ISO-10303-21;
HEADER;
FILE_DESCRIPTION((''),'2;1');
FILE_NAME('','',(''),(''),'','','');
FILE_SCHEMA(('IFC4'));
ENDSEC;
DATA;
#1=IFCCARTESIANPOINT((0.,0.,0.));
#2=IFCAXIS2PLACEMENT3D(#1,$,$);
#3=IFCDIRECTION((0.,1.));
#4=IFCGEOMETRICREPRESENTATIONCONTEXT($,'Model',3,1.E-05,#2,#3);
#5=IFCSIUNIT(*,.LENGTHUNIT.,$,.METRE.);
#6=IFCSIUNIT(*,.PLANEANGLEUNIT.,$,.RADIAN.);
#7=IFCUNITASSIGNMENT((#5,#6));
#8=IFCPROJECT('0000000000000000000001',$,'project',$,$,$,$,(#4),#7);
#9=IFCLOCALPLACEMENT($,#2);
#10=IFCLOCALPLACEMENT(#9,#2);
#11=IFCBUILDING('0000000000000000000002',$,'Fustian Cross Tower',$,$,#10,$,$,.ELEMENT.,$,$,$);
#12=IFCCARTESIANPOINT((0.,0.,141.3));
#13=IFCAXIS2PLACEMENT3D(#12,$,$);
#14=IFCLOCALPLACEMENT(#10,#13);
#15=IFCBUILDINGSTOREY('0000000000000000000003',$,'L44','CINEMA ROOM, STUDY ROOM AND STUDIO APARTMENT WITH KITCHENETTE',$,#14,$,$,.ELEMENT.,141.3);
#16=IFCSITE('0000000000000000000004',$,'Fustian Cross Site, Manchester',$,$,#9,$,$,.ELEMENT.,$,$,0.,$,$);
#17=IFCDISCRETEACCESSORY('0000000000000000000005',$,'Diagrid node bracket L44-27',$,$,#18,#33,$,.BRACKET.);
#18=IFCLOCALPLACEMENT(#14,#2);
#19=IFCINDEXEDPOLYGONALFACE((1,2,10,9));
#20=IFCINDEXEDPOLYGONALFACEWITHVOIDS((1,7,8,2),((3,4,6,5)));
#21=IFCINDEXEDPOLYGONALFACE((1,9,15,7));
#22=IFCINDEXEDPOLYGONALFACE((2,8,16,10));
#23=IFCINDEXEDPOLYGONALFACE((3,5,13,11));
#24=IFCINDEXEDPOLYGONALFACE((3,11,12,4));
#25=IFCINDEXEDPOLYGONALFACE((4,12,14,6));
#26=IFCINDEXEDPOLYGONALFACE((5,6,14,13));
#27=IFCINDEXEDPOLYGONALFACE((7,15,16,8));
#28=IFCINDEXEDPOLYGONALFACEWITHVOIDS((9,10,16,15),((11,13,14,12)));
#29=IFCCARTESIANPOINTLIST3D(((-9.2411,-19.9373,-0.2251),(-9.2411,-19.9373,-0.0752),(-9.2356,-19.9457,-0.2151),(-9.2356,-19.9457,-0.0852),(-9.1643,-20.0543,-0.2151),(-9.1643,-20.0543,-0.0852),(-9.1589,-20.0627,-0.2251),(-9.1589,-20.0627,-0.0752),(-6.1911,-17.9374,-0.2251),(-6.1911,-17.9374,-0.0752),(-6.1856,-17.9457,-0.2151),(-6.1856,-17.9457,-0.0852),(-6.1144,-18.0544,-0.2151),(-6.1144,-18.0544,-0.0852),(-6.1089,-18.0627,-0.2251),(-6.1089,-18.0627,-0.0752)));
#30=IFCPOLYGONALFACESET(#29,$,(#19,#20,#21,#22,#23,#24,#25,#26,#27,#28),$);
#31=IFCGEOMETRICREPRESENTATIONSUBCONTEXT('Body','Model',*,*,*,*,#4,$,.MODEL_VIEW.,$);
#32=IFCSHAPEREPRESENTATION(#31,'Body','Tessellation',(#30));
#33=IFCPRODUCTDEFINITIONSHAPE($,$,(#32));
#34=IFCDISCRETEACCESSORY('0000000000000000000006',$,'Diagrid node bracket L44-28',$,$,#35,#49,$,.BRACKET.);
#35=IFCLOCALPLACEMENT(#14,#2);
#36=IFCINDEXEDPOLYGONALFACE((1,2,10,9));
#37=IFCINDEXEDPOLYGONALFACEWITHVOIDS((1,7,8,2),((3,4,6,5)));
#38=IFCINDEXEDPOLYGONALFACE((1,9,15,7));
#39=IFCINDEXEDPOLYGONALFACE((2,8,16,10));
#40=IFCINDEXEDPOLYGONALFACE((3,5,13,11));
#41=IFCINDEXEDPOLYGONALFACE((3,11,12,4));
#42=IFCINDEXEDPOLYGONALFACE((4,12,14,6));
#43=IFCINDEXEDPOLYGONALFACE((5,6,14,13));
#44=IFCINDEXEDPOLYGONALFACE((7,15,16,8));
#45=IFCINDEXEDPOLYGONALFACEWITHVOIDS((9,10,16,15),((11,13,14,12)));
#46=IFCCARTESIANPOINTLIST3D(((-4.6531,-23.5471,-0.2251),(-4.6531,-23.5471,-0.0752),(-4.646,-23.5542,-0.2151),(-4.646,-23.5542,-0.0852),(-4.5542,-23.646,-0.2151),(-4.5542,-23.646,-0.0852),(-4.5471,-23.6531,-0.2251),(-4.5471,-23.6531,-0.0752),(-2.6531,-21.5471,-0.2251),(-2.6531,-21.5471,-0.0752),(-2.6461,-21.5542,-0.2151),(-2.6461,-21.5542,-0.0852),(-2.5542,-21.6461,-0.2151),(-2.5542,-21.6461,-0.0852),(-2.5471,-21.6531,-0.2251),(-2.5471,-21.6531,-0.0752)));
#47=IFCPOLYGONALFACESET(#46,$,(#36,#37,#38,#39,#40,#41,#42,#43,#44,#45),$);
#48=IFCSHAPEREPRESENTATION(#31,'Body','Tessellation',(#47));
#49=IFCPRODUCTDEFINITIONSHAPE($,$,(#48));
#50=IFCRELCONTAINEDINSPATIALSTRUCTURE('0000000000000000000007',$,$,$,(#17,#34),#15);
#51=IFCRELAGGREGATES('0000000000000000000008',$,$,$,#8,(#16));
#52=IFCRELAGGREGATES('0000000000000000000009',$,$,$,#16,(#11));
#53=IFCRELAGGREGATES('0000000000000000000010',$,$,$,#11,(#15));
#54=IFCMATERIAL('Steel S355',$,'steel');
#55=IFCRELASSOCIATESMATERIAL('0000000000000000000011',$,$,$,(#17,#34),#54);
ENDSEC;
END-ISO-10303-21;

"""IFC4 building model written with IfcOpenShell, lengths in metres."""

from ifc_helpers import new_model, si_unit, direction, frame, origin, origin_2d, place, context, subcontext, project, spatial, hollow_rectangle, extrude, material, element, save


model = new_model("IFC4")

# Units and contexts
model_context = context("Model", 3, precision=1e-05, world=origin(), true_north=direction((0.0, 1.0)))
body_context = subcontext(model_context, "Body", "Model", "MODEL_VIEW")
ifc_project = project(units=[si_unit("LENGTHUNIT", "METRE"), si_unit("PLANEANGLEUNIT", "RADIAN")], contexts=[model_context])

# Site, building, storey
site_placement = place(None, origin())
site = spatial("IfcSite", under=ifc_project, at=site_placement, Name="Fustian Cross Site, Manchester", CompositionType="ELEMENT", RefElevation=0.0)
building_placement = place(site_placement, origin())
building = spatial("IfcBuilding", under=site, at=building_placement, Name="Fustian Cross Tower", CompositionType="ELEMENT")
storey_placement = place(building_placement, frame((0.0, 0.0, 141.3)))
storey = spatial("IfcBuildingStorey", under=building, at=storey_placement, Name="L44", Description="CINEMA ROOM, STUDY ROOM AND STUDIO APARTMENT WITH KITCHENETTE", CompositionType="ELEMENT", Elevation=141.3)

# Discrete accessories
ifc_material_1 = material(Name="Steel S355", Category="steel")
discrete_accessory_1_placement = place(storey_placement, frame((-9.2, -20.0, -0.1501), z_axis=(0.836248, 0.548351, 0.0), x_axis=(-0.548351, 0.836248, 0.0)))
element("IfcDiscreteAccessory", 1, at=discrete_accessory_1_placement, inside=storey, material=ifc_material_1, Name="Diagrid node bracket L44-27", PredefinedType="BRACKET", context=body_context, shape_type="SweptSolid", body=[
    extrude(hollow_rectangle(XDim=0.1499, YDim=0.1499, WallThickness=0.01, at=origin_2d()), origin(), (0.0, 0.0, 1.0), 3.6472),
])
discrete_accessory_2_placement = place(storey_placement, frame((-4.6001, -23.6001, -0.1501), z_axis=(0.707107, 0.707107, 0.0), x_axis=(-0.707107, 0.707107, 0.0)))
element("IfcDiscreteAccessory", 2, at=discrete_accessory_2_placement, inside=storey, material=ifc_material_1, Name="Diagrid node bracket L44-28", PredefinedType="BRACKET", context=body_context, shape_type="SweptSolid", body=[
    extrude(hollow_rectangle(XDim=0.1499, YDim=0.1499, WallThickness=0.01, at=origin_2d()), origin(), (0.0, 0.0, 1.0), 2.8284),
])

save(model, "model.ifc")
